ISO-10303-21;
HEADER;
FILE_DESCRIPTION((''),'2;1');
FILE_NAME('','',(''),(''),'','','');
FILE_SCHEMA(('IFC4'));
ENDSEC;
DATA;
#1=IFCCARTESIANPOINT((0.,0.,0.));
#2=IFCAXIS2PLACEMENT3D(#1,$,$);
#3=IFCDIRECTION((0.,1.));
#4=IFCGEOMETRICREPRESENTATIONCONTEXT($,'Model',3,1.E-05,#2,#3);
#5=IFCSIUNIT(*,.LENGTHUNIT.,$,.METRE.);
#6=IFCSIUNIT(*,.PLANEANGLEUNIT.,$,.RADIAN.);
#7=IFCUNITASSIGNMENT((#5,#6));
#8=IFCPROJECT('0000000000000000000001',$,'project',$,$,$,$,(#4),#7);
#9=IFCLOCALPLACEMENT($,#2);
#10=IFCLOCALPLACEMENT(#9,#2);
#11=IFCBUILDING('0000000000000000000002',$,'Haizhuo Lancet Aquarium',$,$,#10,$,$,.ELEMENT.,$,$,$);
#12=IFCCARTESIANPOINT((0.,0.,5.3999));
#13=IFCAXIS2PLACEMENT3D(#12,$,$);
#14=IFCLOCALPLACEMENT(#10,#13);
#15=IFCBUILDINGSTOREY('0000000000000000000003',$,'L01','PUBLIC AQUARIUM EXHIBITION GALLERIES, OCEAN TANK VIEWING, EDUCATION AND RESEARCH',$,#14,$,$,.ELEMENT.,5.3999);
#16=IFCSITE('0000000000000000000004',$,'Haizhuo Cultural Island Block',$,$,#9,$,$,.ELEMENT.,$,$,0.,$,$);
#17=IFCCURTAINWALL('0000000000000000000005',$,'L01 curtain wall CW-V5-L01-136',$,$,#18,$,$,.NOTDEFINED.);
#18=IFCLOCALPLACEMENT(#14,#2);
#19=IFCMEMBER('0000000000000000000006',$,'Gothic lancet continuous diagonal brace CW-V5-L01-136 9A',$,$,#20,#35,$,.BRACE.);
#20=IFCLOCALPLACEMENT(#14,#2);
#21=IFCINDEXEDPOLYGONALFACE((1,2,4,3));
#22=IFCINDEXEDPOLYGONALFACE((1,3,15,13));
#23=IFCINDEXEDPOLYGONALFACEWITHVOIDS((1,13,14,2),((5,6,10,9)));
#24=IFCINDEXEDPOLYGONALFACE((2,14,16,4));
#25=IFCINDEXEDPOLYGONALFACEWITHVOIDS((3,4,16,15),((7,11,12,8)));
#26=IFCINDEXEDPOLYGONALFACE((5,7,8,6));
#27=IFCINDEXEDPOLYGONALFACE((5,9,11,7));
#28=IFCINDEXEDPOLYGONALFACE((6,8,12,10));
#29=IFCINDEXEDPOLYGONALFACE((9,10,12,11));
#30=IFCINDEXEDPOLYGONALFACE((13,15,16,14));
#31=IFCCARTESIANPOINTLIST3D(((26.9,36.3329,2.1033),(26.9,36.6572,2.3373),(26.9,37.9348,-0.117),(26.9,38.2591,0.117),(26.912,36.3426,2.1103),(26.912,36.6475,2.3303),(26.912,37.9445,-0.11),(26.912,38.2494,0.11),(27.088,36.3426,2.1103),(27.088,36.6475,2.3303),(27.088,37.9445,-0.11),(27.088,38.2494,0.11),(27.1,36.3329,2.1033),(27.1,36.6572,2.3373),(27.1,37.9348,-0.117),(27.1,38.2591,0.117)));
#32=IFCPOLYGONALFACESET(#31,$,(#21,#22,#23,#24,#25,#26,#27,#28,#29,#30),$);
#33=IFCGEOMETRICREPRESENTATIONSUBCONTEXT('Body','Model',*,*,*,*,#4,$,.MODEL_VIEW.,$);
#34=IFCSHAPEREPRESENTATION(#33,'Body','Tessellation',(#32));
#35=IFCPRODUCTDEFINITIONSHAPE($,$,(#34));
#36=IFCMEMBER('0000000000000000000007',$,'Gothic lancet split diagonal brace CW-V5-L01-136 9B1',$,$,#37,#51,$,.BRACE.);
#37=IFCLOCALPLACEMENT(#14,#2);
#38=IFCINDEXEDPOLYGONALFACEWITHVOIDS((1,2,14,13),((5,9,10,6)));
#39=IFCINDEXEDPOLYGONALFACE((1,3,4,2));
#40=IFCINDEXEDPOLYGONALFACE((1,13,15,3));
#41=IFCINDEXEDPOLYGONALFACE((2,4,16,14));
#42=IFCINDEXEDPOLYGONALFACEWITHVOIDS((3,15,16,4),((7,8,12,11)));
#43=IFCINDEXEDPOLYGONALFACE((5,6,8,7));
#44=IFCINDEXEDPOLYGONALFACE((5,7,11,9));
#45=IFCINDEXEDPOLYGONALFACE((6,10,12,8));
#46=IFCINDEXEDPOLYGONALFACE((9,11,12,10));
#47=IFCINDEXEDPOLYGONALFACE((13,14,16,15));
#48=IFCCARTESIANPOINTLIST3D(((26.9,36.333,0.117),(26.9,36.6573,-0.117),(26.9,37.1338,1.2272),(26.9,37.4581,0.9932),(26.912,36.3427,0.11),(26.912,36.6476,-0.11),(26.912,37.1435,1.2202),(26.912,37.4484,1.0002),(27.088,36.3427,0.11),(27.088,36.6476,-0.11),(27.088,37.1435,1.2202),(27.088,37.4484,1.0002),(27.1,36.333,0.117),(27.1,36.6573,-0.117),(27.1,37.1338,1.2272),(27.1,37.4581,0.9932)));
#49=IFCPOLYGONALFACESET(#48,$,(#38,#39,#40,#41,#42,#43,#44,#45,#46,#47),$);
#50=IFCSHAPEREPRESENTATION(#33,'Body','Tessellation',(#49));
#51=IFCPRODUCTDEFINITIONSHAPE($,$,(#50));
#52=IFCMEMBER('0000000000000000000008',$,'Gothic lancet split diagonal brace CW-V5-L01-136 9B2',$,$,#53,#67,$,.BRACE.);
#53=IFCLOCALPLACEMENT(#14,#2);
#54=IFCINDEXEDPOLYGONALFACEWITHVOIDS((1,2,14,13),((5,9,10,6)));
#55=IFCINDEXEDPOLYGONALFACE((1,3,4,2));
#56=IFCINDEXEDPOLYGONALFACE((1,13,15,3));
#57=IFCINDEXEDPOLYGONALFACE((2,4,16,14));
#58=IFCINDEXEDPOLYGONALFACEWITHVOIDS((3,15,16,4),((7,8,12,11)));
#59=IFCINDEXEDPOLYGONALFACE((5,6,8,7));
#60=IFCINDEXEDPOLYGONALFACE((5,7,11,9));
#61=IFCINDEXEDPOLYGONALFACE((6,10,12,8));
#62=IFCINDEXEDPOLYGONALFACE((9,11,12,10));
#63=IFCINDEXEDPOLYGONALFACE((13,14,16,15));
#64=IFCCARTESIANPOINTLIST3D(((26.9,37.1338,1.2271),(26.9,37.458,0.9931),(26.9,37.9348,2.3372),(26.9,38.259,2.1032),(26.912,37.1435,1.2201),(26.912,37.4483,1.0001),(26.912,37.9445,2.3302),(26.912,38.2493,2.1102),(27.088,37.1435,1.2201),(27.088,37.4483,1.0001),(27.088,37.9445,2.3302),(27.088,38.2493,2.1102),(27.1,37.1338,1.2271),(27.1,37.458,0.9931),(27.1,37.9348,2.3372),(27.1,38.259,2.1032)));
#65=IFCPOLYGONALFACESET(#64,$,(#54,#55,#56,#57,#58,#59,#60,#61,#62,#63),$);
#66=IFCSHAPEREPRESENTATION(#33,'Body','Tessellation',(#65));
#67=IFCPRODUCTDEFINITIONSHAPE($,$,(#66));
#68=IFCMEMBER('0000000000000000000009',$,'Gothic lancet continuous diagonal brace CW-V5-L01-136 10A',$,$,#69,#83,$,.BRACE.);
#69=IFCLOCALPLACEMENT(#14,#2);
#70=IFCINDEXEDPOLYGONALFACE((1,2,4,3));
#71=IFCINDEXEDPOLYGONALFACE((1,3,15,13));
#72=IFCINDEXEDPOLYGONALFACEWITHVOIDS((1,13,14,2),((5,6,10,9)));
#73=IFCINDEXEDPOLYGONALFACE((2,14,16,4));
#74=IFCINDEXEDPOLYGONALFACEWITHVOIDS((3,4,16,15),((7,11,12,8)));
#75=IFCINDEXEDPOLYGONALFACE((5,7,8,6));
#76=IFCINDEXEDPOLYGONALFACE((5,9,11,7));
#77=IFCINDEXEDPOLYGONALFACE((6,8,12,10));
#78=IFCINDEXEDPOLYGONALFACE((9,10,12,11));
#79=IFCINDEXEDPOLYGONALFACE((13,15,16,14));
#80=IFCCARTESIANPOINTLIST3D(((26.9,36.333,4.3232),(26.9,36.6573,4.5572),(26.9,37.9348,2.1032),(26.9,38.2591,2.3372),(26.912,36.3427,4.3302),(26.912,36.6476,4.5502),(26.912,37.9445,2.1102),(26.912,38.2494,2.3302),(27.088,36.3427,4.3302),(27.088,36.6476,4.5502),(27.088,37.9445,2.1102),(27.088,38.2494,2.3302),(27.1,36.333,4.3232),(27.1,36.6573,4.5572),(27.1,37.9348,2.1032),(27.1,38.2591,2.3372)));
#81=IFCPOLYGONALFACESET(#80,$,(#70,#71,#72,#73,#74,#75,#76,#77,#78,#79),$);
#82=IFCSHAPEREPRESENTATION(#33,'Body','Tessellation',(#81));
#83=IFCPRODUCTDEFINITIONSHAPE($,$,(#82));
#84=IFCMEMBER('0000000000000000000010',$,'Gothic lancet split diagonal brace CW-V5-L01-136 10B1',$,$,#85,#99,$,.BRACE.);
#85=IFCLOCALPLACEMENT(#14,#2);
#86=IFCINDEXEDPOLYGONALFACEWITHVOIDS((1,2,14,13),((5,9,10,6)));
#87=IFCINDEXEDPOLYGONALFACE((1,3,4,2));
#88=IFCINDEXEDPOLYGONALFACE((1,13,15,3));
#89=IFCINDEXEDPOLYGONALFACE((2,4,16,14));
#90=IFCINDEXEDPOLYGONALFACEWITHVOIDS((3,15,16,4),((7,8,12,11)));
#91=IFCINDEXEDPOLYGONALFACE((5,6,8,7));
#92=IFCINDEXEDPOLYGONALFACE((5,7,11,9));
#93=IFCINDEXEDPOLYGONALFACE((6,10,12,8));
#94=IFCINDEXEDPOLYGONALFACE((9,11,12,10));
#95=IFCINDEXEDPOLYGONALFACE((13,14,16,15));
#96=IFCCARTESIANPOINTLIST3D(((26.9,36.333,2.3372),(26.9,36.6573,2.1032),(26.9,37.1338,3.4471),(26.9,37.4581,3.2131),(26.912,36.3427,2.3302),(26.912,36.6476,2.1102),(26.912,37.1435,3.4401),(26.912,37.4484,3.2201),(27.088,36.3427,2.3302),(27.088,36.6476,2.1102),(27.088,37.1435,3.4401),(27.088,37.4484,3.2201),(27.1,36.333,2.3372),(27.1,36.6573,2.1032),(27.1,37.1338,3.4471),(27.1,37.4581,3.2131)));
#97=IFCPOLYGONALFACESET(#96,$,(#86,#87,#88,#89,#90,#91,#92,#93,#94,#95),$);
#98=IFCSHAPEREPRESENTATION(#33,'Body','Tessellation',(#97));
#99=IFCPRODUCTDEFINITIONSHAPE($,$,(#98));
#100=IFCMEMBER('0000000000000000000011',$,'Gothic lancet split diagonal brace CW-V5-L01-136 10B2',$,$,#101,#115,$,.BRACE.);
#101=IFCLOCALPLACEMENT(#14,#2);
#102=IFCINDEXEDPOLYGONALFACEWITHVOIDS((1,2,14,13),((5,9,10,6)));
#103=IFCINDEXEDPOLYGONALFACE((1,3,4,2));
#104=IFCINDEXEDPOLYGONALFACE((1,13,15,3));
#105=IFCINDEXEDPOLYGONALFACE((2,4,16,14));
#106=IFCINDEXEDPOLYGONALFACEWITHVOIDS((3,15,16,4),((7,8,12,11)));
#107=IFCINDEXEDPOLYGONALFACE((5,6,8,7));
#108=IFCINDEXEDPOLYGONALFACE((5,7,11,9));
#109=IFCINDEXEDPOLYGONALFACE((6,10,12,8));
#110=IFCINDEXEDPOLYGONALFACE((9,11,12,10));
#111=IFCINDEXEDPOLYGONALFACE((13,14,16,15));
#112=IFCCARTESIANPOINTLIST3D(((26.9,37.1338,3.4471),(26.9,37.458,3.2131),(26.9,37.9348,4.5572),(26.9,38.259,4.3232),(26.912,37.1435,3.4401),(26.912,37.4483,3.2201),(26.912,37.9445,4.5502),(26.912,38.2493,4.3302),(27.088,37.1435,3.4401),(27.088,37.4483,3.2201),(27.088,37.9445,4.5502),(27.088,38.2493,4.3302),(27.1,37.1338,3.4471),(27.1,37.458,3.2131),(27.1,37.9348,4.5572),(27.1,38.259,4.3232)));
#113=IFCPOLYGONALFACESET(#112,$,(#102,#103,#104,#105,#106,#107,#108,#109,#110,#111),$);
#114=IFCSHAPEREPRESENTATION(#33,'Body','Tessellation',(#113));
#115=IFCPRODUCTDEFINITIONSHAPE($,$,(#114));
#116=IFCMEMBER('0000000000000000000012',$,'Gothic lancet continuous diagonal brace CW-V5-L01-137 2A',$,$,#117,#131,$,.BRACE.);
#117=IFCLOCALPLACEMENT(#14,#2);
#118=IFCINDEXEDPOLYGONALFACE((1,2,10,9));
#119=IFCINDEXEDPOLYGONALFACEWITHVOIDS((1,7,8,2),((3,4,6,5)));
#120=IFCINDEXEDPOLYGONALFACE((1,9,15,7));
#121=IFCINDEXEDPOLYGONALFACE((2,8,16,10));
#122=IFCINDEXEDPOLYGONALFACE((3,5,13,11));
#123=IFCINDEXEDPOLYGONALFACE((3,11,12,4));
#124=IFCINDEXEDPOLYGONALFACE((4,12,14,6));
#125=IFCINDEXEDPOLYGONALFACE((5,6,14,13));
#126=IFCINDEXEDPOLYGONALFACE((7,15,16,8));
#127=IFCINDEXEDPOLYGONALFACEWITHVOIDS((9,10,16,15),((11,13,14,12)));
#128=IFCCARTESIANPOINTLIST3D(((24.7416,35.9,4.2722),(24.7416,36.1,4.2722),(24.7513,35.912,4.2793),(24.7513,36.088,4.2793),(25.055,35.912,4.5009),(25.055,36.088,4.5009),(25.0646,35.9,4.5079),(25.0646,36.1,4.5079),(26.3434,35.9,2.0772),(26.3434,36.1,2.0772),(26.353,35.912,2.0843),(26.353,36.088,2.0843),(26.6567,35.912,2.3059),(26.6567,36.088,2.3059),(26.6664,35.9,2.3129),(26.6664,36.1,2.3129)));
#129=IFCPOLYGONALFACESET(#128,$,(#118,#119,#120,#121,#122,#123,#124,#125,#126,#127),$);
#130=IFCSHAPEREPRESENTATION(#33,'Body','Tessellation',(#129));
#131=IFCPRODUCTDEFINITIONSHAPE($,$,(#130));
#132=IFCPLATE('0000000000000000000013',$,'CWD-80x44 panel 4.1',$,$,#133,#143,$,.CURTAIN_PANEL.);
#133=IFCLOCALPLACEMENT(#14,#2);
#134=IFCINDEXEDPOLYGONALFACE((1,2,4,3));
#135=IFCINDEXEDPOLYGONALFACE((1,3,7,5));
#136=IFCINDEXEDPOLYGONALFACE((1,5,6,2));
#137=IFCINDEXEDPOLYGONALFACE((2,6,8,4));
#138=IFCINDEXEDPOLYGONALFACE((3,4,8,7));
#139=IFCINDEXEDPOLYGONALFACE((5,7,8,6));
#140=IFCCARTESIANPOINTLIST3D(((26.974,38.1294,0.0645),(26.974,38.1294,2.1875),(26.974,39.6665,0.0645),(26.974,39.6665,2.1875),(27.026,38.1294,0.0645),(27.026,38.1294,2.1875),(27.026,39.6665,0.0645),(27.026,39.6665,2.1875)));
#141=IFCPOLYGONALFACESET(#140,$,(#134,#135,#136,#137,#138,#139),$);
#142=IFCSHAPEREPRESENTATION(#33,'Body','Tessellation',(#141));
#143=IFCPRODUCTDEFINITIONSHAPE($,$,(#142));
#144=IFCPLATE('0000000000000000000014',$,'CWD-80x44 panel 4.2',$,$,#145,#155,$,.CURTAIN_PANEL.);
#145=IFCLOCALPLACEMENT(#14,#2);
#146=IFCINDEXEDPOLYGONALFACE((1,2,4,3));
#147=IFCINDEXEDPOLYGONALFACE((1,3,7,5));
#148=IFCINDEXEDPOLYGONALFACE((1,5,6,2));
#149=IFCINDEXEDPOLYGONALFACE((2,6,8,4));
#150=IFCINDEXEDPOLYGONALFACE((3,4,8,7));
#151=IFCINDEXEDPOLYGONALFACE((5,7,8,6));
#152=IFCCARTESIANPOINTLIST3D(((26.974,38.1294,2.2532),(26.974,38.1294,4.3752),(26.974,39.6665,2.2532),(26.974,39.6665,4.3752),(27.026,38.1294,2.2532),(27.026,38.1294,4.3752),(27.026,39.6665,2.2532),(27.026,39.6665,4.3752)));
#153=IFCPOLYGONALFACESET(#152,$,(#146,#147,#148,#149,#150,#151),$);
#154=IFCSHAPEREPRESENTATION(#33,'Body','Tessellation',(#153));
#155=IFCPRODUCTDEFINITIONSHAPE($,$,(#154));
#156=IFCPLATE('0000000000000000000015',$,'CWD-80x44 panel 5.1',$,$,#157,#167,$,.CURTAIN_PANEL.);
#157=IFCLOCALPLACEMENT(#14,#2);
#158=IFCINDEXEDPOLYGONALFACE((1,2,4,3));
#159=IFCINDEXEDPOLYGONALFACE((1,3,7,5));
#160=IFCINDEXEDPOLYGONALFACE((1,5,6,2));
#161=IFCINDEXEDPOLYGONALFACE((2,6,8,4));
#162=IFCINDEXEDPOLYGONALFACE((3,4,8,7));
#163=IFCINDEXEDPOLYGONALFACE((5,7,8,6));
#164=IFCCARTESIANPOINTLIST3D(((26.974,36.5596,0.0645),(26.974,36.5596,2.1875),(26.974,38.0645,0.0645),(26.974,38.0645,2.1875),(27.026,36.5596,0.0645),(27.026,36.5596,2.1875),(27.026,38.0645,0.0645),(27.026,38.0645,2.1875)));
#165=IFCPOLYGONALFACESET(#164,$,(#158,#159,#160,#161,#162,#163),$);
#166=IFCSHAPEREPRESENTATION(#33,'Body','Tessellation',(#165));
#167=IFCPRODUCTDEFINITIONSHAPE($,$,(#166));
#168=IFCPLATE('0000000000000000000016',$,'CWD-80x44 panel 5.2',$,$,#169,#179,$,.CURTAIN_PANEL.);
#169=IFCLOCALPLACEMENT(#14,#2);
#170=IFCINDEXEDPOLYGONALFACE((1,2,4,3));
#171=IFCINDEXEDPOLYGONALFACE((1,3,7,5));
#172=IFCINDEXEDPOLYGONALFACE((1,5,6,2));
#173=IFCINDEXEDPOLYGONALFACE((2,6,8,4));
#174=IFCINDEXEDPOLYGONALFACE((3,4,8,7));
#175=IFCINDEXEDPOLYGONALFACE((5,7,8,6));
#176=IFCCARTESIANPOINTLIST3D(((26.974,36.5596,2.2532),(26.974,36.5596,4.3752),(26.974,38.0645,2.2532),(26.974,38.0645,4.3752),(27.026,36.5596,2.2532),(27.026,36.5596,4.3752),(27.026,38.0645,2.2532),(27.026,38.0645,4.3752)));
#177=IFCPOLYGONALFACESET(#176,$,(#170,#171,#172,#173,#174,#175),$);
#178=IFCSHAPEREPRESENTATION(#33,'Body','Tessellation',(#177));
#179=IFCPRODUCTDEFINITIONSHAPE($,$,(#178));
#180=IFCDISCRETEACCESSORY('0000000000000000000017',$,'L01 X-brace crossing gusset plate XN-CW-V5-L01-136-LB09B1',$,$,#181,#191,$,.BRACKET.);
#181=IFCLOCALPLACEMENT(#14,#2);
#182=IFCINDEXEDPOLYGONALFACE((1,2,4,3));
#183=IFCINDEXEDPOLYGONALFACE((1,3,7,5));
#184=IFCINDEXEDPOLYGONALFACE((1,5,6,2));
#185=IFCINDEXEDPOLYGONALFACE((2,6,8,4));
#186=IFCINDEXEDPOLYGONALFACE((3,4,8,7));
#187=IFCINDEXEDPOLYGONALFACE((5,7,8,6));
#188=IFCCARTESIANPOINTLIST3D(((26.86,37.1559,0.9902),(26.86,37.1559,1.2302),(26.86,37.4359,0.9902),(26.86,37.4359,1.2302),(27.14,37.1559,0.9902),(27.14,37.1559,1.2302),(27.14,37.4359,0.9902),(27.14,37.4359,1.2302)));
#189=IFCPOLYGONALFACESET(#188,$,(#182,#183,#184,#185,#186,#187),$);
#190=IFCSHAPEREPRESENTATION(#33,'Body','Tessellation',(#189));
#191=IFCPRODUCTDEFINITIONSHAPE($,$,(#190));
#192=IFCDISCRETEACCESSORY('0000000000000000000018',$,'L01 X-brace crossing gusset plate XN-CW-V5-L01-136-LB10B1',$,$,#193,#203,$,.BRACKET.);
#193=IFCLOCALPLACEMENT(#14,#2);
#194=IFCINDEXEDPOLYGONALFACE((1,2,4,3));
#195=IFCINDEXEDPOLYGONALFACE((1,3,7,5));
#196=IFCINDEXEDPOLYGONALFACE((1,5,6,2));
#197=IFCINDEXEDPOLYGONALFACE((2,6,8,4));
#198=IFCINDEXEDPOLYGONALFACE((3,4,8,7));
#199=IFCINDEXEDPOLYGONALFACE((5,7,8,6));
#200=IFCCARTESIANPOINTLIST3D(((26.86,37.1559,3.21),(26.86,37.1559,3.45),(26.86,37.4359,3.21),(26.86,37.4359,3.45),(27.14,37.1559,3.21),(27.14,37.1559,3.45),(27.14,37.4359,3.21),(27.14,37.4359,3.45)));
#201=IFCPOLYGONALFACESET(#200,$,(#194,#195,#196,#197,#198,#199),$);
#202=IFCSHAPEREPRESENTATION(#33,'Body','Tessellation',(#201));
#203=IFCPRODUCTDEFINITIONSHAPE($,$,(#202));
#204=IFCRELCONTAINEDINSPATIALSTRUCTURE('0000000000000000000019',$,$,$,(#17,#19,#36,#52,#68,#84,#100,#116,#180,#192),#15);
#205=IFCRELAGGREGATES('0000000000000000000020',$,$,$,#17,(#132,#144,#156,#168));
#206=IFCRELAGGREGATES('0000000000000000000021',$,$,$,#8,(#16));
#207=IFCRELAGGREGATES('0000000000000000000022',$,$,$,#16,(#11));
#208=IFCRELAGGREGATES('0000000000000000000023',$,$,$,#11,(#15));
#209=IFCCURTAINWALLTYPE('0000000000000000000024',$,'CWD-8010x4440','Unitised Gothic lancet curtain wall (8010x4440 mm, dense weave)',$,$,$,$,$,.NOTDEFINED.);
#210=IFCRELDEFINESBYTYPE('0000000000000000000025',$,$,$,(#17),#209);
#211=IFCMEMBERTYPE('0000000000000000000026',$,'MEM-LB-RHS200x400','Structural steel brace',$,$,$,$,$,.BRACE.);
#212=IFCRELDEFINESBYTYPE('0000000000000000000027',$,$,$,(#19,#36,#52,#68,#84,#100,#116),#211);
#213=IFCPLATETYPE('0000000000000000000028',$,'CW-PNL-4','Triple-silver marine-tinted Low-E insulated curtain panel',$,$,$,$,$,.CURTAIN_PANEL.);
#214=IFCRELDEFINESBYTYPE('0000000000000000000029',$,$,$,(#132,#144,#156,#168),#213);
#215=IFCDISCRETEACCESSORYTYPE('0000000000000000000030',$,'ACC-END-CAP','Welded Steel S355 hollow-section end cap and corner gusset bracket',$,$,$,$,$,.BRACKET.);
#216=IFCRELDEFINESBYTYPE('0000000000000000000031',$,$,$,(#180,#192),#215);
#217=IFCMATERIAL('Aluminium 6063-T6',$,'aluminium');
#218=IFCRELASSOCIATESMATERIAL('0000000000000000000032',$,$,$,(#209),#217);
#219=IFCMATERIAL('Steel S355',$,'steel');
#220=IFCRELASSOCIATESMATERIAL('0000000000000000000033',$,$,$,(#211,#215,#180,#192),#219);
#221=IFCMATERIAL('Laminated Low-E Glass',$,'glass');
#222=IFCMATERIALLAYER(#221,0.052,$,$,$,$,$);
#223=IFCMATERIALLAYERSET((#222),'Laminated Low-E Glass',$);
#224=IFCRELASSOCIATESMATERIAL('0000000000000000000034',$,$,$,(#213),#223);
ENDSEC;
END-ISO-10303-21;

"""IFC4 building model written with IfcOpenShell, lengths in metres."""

from ifc_helpers import new_model, si_unit, direction, frame, origin, origin_2d, place, context, subcontext, project, spatial, rectangle, hollow_rectangle, extrude, material, layer, layer_set, material_profile, profile_set, type_object, element, aggregate, save


model = new_model("IFC4")

# Units and contexts
model_context = context("Model", 3, precision=1e-05, world=origin(), true_north=direction((0.0, 1.0)))
body_context = subcontext(model_context, "Body", "Model", "MODEL_VIEW")
ifc_project = project(units=[si_unit("LENGTHUNIT", "METRE"), si_unit("PLANEANGLEUNIT", "RADIAN")], contexts=[model_context])

# Site, building, storey
site_placement = place(None, origin())
site = spatial("IfcSite", under=ifc_project, at=site_placement, Name="Haizhuo Cultural Island Block", CompositionType="ELEMENT", RefElevation=0.0)
building_placement = place(site_placement, origin())
building = spatial("IfcBuilding", under=site, at=building_placement, Name="Haizhuo Lancet Aquarium", CompositionType="ELEMENT")
storey_placement = place(building_placement, frame((0.0, 0.0, 5.3999)))
storey = spatial("IfcBuildingStorey", under=building, at=storey_placement, Name="L01", Description="PUBLIC AQUARIUM EXHIBITION GALLERIES, OCEAN TANK VIEWING, EDUCATION AND RESEARCH", CompositionType="ELEMENT", Elevation=5.3999)

# Curtain wall
ifc_material_1 = material(Name="Aluminium 6063-T6", Category="aluminium")
curtain_wall_type = type_object("IfcCurtainWallType", Name="CWD-8010x4440", Description="Unitised Gothic lancet curtain wall (8010x4440 mm, dense weave)", PredefinedType="NOTDEFINED", material=ifc_material_1)
curtain_wall_placement = place(storey_placement, origin())
curtain_wall = element("IfcCurtainWall", 1, at=curtain_wall_placement, inside=storey, type_object=curtain_wall_type, Name="L01 curtain wall CW-V5-L01-136", PredefinedType="NOTDEFINED")

# Members
ifc_material_2 = material(Name="Steel S355", Category="steel")
ifc_material_profile_1 = material_profile(ifc_material_2, hollow_rectangle(XDim=0.2, YDim=0.3999, WallThickness=0.012, at=origin_2d()), Name="RHS 200x400x12")
ifc_profile_set_1 = profile_set([ifc_material_profile_1], Name="Steel S355")
member_type_1 = type_object("IfcMemberType", Name="MEM-LB-RHS200x400", Description="Structural steel brace", PredefinedType="BRACE", material=ifc_profile_set_1)
member_1_placement = place(storey_placement, frame((27.0, 38.0969, 0.0), z_axis=(0.0, -0.585087, 0.810971), x_axis=(1.0, 0.0, 0.0)))
element("IfcMember", 2, at=member_1_placement, inside=storey, type_object=member_type_1, Name="Gothic lancet continuous diagonal brace CW-V5-L01-136 9A", PredefinedType="BRACE", context=body_context, shape_type="SweptSolid", body=[
    extrude(hollow_rectangle(XDim=0.2, YDim=0.3999, WallThickness=0.012, at=origin_2d()), origin(), (0.0, 0.0, 1.0), 2.7378),
])
for number, where, z_axis, x_axis, name in (
    (3, (27.0, 36.4951, 0.0), (0.0, 0.585028, 0.811013), (-1.0, 0.0, 0.0), "Gothic lancet split diagonal brace CW-V5-L01-136 9B1"),
    (4, (27.0, 37.2959, 1.1101), (0.0, 0.585145, 0.810928), (-1.0, 0.0, 0.0), "Gothic lancet split diagonal brace CW-V5-L01-136 9B2"),
):
    element("IfcMember", number, at=place(storey_placement, frame(where, z_axis=z_axis, x_axis=x_axis)), inside=storey, type_object=member_type_1, Name=name, PredefinedType="BRACE", context=body_context, shape_type="SweptSolid", body=[
        extrude(hollow_rectangle(XDim=0.2, YDim=0.3999, WallThickness=0.012, at=origin_2d()), origin(), (0.0, 0.0, 1.0), 1.3689),
    ])
member_2_placement = place(storey_placement, frame((27.0, 38.0969, 2.2202), z_axis=(0.0, -0.585129, 0.81094), x_axis=(1.0, 0.0, 0.0)))
element("IfcMember", 5, at=member_2_placement, inside=storey, type_object=member_type_1, Name="Gothic lancet continuous diagonal brace CW-V5-L01-136 10A", PredefinedType="BRACE", context=body_context, shape_type="SweptSolid", body=[
    extrude(hollow_rectangle(XDim=0.2, YDim=0.3999, WallThickness=0.012, at=origin_2d()), origin(), (0.0, 0.0, 1.0), 2.7375),
])
member_3_placement = place(storey_placement, frame((27.0, 36.4951, 2.2202), z_axis=(0.0, 0.585113, 0.810952), x_axis=(-1.0, 0.0, 0.0)))
element("IfcMember", 6, at=member_3_placement, inside=storey, type_object=member_type_1, Name="Gothic lancet split diagonal brace CW-V5-L01-136 10B1", PredefinedType="BRACE", context=body_context, shape_type="SweptSolid", body=[
    extrude(hollow_rectangle(XDim=0.2, YDim=0.3999, WallThickness=0.012, at=origin_2d()), origin(), (0.0, 0.0, 1.0), 1.3687),
])
member_4_placement = place(storey_placement, frame((27.0, 37.2959, 3.3301), z_axis=(0.0, 0.585145, 0.810928), x_axis=(-1.0, 0.0, 0.0)))
element("IfcMember", 7, at=member_4_placement, inside=storey, type_object=member_type_1, Name="Gothic lancet split diagonal brace CW-V5-L01-136 10B2", PredefinedType="BRACE", context=body_context, shape_type="SweptSolid", body=[
    extrude(hollow_rectangle(XDim=0.2, YDim=0.3999, WallThickness=0.012, at=origin_2d()), origin(), (0.0, 0.0, 1.0), 1.3689),
])
member_5_placement = place(storey_placement, frame((26.5049, 36.0, 2.1951), z_axis=(-0.589469, 0.0, 0.807791), x_axis=(0.0, -1.0, 0.0)))
element("IfcMember", 8, at=member_5_placement, inside=storey, type_object=member_type_1, Name="Gothic lancet continuous diagonal brace CW-V5-L01-137 2A", PredefinedType="BRACE", context=body_context, shape_type="SweptSolid", body=[
    extrude(hollow_rectangle(XDim=0.2, YDim=0.3999, WallThickness=0.012, at=origin_2d()), origin(), (0.0, 0.0, 1.0), 2.7173),
])

# Plates
ifc_material_3 = material(Name="Laminated Low-E Glass", Category="glass")
ifc_layer = layer(ifc_material_3, 0.052)
ifc_layer_set = layer_set([ifc_layer], Name="Laminated Low-E Glass")
plate_type = type_object("IfcPlateType", Name="CW-PNL-4", Description="Triple-silver marine-tinted Low-E insulated curtain panel", PredefinedType="CURTAIN_PANEL", material=ifc_layer_set)
plate_1_placement = place(storey_placement, frame((27.0, 38.8979, 0.0645), z_axis=(0.0, 0.0, 1.0), x_axis=(0.0, -1.0, 0.0)))
plate_1 = element("IfcPlate", 9, at=plate_1_placement, type_object=plate_type, Name="CWD-80x44 panel 4.1", PredefinedType="CURTAIN_PANEL", context=body_context, shape_type="SweptSolid", body=[
    extrude(rectangle(XDim=1.5371, YDim=0.052, at=origin_2d()), origin(), (0.0, 0.0, 1.0), 2.123),
])
plate_2_placement = place(storey_placement, frame((27.0, 38.8979, 2.2532), z_axis=(0.0, 0.0, 1.0), x_axis=(0.0, -1.0, 0.0)))
plate_2 = element("IfcPlate", 10, at=plate_2_placement, type_object=plate_type, Name="CWD-80x44 panel 4.2", PredefinedType="CURTAIN_PANEL", context=body_context, shape_type="SweptSolid", body=[
    extrude(rectangle(XDim=1.5371, YDim=0.052, at=origin_2d()), origin(), (0.0, 0.0, 1.0), 2.1221),
])
plate_3_placement = place(storey_placement, frame((27.0, 37.312, 0.0645), z_axis=(0.0, 0.0, 1.0), x_axis=(0.0, -1.0, 0.0)))
plate_3 = element("IfcPlate", 11, at=plate_3_placement, type_object=plate_type, Name="CWD-80x44 panel 5.1", PredefinedType="CURTAIN_PANEL", context=body_context, shape_type="SweptSolid", body=[
    extrude(rectangle(XDim=1.5049, YDim=0.052, at=origin_2d()), origin(), (0.0, 0.0, 1.0), 2.123),
])
plate_4_placement = place(storey_placement, frame((27.0, 37.312, 2.2532), z_axis=(0.0, 0.0, 1.0), x_axis=(0.0, -1.0, 0.0)))
plate_4 = element("IfcPlate", 12, at=plate_4_placement, type_object=plate_type, Name="CWD-80x44 panel 5.2", PredefinedType="CURTAIN_PANEL", context=body_context, shape_type="SweptSolid", body=[
    extrude(rectangle(XDim=1.5049, YDim=0.052, at=origin_2d()), origin(), (0.0, 0.0, 1.0), 2.1221),
])
aggregate(curtain_wall, [plate_1, plate_2, plate_3, plate_4])

# Discrete accessories
discrete_accessory_type = type_object("IfcDiscreteAccessoryType", Name="ACC-END-CAP", Description="Welded Steel S355 hollow-section end cap and corner gusset bracket", PredefinedType="BRACKET", material=ifc_material_2)
for number, where, z_axis, x_axis, name in (
    (13, (27.0, 37.2959, 0.9902), (0.0, 0.0, 1.0), (1.0, 0.0, 0.0), "L01 X-brace crossing gusset plate XN-CW-V5-L01-136-LB09B1"),
    (14, (27.0, 37.2959, 3.21), (0.0, 0.0, 1.0), (1.0, 0.0, 0.0), "L01 X-brace crossing gusset plate XN-CW-V5-L01-136-LB10B1"),
):
    element("IfcDiscreteAccessory", number, at=place(storey_placement, frame(where, z_axis=z_axis, x_axis=x_axis)), inside=storey, type_object=discrete_accessory_type, material=ifc_material_2, Name=name, PredefinedType="BRACKET", context=body_context, shape_type="SweptSolid", body=[
        extrude(rectangle(XDim=0.28, YDim=0.28, at=origin_2d()), origin(), (0.0, 0.0, 1.0), 0.24),
    ])

save(model, "model.ifc")
